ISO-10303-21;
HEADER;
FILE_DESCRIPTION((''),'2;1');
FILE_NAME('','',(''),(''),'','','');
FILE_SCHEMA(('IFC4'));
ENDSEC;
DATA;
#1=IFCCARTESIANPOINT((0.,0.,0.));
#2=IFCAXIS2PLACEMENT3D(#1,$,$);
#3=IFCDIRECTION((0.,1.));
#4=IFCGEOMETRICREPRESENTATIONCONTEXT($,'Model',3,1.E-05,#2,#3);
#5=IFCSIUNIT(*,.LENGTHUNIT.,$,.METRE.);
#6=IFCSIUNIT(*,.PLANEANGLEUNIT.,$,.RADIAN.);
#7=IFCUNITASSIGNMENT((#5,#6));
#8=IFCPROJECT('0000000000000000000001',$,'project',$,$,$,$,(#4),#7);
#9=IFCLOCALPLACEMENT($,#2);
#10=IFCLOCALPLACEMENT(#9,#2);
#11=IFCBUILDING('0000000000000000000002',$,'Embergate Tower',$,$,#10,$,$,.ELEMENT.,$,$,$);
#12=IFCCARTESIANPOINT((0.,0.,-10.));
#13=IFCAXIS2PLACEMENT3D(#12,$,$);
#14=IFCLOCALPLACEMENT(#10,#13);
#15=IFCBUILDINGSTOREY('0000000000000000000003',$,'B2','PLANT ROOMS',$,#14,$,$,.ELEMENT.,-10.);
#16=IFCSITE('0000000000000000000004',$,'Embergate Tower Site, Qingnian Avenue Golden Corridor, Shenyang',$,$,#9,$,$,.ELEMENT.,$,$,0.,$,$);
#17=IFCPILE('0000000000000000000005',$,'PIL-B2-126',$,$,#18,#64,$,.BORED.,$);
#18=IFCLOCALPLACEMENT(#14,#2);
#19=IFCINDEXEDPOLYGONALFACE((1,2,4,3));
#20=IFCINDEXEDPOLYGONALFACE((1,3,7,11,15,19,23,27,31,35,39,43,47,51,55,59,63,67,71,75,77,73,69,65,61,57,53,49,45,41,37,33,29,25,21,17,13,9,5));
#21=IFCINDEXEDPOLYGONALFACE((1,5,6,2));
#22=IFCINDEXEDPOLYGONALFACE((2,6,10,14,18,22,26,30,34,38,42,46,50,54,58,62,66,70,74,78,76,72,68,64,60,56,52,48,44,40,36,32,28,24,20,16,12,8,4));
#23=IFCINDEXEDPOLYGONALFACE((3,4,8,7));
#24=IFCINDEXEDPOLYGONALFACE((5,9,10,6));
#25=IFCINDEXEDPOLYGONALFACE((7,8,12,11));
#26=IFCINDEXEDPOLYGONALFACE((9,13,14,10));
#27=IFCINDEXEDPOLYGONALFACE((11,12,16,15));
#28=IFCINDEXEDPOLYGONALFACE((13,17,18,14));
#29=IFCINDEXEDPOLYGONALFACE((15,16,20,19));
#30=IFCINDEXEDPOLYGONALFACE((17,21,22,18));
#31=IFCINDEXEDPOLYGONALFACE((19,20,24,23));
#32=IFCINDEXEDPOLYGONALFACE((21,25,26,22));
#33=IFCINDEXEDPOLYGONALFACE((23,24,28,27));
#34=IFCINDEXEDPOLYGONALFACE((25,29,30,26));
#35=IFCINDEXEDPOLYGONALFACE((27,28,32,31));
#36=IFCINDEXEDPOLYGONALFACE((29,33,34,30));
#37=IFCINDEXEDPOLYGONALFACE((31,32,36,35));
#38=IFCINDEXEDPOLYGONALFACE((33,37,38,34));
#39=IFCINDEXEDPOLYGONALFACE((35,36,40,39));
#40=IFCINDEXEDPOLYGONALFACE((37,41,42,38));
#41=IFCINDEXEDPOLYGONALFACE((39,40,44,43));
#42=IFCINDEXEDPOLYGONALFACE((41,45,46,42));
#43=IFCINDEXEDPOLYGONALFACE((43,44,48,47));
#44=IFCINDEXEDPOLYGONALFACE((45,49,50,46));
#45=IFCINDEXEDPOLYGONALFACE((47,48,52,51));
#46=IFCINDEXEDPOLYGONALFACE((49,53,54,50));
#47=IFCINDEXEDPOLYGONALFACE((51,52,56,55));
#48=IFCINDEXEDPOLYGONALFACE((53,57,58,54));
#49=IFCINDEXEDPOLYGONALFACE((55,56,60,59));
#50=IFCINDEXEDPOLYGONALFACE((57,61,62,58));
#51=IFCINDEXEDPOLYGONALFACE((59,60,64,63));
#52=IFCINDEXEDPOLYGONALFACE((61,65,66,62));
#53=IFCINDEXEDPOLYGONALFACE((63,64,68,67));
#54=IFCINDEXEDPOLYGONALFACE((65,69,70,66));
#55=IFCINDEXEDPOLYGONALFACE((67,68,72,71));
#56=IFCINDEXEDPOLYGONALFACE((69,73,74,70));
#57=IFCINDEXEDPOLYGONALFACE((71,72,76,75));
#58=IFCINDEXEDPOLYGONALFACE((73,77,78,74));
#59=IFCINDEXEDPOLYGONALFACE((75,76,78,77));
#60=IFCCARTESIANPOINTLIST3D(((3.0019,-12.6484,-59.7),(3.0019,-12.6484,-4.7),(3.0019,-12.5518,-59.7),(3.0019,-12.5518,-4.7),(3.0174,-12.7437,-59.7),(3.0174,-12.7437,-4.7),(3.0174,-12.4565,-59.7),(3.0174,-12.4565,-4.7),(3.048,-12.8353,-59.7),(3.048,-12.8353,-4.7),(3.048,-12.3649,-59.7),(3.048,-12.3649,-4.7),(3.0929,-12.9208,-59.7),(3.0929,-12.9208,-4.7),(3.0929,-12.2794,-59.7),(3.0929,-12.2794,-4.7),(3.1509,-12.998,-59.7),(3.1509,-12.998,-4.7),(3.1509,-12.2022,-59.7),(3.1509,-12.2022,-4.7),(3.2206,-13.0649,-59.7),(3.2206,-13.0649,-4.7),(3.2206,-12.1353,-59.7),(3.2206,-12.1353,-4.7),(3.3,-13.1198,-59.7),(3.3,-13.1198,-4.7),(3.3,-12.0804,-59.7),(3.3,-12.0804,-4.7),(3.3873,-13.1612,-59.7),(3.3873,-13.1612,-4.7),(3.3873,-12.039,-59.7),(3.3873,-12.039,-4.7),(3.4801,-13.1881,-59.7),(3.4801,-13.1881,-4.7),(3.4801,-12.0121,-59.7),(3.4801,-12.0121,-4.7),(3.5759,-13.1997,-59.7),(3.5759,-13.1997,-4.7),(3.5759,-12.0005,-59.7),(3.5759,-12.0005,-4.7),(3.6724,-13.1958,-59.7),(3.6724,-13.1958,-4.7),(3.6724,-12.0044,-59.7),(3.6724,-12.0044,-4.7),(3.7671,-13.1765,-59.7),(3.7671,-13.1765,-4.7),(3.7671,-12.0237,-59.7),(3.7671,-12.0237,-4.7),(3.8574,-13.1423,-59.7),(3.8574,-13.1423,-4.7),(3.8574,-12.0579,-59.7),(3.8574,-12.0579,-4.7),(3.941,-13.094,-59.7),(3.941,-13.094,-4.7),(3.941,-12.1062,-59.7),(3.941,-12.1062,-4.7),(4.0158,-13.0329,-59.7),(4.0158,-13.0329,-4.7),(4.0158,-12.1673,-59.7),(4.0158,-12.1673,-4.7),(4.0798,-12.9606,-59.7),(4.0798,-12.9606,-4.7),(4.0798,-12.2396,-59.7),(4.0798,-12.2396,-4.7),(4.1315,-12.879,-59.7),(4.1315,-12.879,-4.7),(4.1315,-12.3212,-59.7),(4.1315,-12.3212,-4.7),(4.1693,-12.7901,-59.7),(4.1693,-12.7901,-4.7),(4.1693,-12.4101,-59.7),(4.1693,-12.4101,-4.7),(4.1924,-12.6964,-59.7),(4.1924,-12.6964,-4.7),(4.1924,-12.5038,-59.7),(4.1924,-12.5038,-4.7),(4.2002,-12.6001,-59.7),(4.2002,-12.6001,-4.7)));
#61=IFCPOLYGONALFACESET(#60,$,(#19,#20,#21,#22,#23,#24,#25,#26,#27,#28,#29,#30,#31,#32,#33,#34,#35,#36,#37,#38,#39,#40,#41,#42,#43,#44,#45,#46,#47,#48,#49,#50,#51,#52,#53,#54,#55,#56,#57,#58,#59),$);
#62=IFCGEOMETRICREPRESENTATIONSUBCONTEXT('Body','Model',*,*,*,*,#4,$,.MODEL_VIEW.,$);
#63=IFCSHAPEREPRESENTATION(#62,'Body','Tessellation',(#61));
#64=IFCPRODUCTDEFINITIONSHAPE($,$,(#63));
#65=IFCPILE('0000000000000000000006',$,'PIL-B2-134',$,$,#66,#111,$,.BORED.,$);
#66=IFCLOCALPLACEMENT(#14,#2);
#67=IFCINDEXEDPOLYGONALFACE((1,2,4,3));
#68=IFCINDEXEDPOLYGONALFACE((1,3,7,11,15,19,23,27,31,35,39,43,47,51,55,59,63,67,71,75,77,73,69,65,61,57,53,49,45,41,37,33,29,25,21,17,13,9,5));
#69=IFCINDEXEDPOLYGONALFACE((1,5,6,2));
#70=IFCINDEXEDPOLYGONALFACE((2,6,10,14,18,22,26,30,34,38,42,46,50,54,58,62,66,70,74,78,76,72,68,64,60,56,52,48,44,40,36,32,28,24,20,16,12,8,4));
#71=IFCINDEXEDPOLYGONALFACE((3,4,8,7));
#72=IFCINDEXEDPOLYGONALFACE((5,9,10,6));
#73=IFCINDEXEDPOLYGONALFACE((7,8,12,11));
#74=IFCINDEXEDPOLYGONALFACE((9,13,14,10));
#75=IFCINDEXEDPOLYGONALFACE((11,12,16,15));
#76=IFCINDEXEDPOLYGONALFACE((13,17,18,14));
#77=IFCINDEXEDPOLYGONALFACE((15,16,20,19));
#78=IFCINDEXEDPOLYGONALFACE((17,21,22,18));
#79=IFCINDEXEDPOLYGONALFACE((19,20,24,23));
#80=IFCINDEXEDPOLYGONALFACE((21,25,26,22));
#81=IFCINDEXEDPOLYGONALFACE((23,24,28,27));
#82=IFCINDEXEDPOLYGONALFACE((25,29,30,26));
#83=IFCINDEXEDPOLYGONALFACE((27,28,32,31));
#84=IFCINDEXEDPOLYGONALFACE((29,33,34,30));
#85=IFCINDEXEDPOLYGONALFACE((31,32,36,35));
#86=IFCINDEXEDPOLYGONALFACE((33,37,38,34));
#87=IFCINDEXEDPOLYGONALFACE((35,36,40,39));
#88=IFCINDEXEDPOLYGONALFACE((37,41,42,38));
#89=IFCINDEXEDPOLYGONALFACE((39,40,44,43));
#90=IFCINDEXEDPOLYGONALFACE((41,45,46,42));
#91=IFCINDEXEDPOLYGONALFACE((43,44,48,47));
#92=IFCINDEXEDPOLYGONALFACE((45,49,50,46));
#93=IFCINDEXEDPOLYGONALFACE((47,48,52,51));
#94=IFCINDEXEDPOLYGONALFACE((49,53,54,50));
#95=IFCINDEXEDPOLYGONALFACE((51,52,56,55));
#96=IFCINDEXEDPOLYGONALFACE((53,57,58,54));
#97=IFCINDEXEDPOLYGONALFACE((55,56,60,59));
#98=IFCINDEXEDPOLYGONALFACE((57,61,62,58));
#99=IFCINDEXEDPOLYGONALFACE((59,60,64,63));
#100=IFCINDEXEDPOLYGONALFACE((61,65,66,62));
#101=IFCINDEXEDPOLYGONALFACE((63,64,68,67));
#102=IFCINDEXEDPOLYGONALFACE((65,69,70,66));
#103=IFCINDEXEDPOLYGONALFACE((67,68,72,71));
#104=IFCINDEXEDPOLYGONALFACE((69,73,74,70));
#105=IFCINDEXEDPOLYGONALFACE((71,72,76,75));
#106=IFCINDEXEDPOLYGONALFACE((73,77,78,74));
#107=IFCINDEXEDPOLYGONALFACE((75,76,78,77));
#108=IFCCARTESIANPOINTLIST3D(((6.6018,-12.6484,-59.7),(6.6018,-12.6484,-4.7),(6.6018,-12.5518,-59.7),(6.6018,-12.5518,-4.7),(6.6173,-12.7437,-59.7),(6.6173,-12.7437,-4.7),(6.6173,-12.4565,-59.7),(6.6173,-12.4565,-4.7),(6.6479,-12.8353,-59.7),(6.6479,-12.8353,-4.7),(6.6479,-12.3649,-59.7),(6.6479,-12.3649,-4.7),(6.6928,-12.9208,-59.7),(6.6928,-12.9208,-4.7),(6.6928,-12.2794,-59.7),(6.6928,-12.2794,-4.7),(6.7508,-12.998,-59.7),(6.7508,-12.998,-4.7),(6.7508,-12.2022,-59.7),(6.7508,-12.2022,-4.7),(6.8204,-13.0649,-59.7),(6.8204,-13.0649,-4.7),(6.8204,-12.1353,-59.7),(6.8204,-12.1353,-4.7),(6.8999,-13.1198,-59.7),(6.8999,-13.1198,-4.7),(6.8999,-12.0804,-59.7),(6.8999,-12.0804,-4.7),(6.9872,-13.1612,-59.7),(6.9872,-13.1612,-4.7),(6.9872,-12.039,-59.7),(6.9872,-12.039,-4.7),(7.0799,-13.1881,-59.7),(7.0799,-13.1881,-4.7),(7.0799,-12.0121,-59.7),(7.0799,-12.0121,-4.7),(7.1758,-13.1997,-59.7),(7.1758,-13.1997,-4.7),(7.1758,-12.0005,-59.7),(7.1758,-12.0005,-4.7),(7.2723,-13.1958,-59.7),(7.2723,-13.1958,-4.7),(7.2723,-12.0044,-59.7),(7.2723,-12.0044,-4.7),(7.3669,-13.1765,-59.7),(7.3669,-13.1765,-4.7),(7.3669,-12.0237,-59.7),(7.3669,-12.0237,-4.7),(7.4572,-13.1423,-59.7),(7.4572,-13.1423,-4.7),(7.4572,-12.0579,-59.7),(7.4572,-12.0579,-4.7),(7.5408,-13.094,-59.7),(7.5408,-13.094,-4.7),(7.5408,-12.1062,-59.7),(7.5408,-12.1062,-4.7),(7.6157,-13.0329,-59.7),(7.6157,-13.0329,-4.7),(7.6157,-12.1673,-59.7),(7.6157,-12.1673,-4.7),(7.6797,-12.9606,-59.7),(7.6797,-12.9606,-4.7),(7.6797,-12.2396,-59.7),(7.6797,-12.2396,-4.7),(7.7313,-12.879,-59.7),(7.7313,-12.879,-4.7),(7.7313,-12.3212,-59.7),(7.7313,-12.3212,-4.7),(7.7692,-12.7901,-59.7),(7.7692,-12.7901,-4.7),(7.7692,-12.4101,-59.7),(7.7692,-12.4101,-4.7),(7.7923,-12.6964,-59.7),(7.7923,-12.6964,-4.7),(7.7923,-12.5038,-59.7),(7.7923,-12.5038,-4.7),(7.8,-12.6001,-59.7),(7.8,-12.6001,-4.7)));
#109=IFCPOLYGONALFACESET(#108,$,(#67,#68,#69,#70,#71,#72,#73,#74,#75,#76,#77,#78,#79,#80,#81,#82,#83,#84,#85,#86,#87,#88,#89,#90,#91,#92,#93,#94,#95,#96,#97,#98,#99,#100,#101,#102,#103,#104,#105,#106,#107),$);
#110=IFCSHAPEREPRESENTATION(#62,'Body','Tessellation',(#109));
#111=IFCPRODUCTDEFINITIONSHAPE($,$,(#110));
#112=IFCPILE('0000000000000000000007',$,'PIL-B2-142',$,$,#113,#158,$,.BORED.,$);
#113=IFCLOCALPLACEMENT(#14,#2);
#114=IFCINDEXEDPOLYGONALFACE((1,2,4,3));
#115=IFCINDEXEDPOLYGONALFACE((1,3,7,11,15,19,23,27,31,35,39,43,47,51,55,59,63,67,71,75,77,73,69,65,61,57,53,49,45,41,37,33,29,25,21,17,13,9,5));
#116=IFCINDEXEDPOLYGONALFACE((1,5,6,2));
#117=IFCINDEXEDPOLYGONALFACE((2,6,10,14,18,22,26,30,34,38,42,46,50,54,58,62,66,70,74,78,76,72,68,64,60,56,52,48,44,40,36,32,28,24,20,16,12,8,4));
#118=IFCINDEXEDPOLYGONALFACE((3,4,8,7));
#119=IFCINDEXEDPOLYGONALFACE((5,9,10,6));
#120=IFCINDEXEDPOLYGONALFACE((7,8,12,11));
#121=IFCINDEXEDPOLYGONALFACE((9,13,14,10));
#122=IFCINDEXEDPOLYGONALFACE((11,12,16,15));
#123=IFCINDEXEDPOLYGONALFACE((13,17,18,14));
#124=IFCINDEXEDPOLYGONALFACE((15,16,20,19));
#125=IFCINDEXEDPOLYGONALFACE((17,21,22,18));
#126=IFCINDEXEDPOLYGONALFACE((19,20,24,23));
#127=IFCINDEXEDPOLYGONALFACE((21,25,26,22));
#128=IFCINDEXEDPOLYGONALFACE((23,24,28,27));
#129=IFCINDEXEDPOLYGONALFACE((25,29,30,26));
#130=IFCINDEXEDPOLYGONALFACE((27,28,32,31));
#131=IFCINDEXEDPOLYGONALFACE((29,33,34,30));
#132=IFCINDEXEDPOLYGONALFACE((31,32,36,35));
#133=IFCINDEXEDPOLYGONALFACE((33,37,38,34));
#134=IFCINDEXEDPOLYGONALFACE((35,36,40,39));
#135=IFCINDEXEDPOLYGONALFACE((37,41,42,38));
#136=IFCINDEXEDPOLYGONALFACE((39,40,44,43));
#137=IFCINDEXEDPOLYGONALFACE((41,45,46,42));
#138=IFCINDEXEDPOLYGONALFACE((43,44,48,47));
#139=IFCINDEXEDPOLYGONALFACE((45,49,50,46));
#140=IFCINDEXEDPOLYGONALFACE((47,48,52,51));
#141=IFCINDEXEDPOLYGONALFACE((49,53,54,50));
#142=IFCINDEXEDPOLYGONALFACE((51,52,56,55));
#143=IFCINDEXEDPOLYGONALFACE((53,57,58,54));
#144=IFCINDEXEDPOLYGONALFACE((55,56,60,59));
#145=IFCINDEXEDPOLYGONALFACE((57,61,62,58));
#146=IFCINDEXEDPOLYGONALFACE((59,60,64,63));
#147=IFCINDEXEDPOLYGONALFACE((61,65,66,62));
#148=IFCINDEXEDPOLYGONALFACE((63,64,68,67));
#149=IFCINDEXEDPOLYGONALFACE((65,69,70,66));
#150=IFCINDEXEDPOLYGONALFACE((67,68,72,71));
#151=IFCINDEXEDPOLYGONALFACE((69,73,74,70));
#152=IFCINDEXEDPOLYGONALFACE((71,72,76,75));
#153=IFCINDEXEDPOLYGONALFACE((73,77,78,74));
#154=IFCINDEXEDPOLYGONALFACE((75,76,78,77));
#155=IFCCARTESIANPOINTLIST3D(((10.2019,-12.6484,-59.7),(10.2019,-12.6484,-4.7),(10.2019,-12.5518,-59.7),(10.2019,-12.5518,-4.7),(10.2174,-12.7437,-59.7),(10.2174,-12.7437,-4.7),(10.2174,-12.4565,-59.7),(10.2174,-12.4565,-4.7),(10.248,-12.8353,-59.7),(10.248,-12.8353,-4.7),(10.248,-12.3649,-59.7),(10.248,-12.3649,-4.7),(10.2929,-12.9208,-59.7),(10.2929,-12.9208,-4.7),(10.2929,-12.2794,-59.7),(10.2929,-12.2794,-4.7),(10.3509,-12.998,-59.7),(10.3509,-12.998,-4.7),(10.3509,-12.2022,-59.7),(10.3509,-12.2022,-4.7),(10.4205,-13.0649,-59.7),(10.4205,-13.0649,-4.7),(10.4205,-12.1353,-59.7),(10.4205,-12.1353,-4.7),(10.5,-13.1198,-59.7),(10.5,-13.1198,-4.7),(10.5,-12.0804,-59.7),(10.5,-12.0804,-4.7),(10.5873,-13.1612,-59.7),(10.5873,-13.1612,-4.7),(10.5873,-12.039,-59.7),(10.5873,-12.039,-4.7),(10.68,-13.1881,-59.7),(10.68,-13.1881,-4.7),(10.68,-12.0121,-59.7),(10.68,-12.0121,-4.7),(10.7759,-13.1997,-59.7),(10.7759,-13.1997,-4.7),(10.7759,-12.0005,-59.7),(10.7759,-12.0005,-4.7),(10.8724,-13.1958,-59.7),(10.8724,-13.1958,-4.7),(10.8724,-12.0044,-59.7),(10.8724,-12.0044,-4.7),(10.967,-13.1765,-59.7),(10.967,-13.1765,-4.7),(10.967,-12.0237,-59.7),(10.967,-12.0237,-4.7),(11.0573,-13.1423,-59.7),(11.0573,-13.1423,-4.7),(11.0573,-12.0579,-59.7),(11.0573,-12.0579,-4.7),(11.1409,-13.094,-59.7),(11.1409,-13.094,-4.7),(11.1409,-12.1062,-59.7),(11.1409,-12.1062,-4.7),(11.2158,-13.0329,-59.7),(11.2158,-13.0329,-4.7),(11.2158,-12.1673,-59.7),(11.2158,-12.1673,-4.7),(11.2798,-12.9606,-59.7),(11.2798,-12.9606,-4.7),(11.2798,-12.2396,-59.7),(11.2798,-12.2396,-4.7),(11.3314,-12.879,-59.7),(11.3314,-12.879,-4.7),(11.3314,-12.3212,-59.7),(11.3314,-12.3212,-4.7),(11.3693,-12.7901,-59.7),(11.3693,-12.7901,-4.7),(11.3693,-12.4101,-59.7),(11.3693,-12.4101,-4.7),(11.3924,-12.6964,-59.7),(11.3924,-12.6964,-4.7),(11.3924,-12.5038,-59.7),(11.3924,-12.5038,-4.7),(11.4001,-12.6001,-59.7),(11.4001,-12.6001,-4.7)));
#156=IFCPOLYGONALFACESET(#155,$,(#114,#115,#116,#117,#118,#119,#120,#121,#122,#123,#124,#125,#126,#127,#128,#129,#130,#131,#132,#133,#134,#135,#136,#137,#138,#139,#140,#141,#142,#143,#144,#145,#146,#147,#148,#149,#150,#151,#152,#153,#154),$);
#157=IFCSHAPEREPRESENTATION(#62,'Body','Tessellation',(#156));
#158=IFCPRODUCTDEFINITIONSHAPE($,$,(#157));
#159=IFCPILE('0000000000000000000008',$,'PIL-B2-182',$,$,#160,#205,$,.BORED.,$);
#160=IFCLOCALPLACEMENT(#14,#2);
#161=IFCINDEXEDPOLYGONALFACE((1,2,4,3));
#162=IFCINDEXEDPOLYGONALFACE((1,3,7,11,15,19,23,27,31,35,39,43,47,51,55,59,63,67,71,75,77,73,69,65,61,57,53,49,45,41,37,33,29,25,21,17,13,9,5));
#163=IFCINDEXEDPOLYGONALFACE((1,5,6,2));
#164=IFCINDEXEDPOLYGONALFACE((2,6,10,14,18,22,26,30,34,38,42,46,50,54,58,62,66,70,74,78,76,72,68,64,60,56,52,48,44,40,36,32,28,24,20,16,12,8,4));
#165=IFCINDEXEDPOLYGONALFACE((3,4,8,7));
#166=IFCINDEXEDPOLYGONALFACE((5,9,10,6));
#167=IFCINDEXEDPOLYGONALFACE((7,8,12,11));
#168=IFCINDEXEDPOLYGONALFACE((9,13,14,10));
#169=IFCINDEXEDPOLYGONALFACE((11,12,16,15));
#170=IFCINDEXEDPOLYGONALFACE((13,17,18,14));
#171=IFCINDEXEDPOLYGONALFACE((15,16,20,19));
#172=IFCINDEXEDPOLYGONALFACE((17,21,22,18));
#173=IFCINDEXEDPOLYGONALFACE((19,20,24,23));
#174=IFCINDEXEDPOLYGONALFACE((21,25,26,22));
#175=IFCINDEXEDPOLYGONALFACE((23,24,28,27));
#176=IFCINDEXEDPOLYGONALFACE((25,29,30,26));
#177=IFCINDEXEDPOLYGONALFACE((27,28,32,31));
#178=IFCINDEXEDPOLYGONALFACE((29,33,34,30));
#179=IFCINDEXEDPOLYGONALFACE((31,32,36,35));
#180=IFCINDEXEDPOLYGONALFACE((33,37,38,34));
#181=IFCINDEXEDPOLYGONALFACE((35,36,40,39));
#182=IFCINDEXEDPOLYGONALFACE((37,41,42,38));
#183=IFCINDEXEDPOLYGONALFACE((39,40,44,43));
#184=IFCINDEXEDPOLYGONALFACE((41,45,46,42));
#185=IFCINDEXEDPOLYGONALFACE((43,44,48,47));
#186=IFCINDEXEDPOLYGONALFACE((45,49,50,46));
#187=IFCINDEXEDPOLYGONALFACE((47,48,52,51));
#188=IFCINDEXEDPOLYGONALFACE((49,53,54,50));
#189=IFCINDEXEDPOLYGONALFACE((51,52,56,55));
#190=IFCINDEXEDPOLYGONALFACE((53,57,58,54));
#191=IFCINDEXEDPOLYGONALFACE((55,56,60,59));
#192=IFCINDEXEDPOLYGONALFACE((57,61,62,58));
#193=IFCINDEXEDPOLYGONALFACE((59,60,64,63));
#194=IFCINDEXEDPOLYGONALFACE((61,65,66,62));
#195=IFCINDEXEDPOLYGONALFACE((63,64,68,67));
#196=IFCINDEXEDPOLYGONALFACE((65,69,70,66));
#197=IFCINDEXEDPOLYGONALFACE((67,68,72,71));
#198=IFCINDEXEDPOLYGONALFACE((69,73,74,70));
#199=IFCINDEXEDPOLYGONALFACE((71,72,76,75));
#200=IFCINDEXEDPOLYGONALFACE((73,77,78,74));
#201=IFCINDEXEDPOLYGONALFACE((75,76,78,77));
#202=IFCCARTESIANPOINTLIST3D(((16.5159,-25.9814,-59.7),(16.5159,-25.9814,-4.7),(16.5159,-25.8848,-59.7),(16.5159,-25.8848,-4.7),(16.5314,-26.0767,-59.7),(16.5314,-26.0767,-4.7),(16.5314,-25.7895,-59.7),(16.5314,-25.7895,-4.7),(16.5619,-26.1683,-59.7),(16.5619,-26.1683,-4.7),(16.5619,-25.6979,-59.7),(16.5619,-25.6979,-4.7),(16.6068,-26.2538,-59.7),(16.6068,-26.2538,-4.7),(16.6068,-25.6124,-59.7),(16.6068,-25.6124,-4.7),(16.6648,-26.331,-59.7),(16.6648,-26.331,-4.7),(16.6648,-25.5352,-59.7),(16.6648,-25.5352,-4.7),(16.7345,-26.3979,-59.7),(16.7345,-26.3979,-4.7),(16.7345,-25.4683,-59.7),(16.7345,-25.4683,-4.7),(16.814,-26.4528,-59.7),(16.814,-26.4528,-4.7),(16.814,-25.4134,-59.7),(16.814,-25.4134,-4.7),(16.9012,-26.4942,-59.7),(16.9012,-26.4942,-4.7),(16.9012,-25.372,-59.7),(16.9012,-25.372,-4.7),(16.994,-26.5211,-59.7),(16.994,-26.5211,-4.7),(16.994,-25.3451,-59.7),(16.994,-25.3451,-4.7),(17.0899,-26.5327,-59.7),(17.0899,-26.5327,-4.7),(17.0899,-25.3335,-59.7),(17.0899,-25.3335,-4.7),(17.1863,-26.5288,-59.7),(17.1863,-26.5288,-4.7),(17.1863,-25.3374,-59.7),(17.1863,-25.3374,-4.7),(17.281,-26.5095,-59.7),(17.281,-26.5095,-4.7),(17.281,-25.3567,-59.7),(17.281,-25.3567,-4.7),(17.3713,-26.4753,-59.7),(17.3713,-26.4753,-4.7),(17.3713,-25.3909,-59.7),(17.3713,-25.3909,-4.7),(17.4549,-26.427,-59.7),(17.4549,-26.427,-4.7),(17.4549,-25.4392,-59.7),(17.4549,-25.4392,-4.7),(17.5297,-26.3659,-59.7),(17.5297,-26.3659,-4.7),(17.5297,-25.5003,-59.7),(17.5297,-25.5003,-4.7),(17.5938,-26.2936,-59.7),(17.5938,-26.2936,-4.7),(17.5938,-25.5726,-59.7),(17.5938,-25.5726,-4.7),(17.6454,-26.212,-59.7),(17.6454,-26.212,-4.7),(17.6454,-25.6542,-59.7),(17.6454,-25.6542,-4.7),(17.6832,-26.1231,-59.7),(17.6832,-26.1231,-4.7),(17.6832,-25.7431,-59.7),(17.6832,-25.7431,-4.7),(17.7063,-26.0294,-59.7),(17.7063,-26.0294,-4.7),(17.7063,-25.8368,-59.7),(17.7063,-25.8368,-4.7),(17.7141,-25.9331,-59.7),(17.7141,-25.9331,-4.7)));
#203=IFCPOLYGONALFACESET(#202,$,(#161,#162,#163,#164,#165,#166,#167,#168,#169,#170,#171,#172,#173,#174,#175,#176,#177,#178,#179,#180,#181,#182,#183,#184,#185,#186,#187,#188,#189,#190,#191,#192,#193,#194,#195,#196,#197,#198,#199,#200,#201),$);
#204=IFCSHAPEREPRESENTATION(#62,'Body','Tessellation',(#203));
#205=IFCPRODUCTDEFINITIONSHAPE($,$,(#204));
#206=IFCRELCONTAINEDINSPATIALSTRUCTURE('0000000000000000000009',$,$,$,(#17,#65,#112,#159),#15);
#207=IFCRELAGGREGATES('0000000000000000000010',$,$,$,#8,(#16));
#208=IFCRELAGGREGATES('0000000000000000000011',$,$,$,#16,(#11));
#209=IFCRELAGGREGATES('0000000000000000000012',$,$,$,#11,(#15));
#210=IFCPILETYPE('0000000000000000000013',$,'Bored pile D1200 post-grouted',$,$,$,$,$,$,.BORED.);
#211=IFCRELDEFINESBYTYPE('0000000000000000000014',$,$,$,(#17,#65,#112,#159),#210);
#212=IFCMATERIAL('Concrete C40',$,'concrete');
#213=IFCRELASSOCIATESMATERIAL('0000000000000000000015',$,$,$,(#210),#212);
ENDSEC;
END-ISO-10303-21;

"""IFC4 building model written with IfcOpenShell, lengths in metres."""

from ifc_helpers import new_model, si_unit, direction, frame, origin, origin_2d, place, context, subcontext, project, spatial, circle, extrude, source, transform, mapped, material, material_profile, profile_set, type_object, element, save


model = new_model("IFC4")

# Units and contexts
model_context = context("Model", 3, precision=1e-05, world=origin(), true_north=direction((0.0, 1.0)))
body_context = subcontext(model_context, "Body", "Model", "MODEL_VIEW")
ifc_project = project(units=[si_unit("LENGTHUNIT", "METRE"), si_unit("PLANEANGLEUNIT", "RADIAN")], contexts=[model_context])

# Site, building, storey
site_placement = place(None, origin())
site = spatial("IfcSite", under=ifc_project, at=site_placement, Name="Embergate Tower Site, Qingnian Avenue Golden Corridor, Shenyang", CompositionType="ELEMENT", RefElevation=0.0)
building_placement = place(site_placement, origin())
building = spatial("IfcBuilding", under=site, at=building_placement, Name="Embergate Tower", CompositionType="ELEMENT")
storey_placement = place(building_placement, frame((0.0, 0.0, -10.0)))
storey = spatial("IfcBuildingStorey", under=building, at=storey_placement, Name="B2", Description="PLANT ROOMS", CompositionType="ELEMENT", Elevation=-10.0)

# Piles
ifc_material_1 = material(Name="Concrete C40", Category="concrete")
ifc_material_profile = material_profile(ifc_material_1, circle(Radius=0.6001, at=origin_2d()), Name="D1200")
ifc_profile_set = profile_set([ifc_material_profile], Name="Concrete C40")
pile_type = type_object("IfcPileType", Name="Bored pile D1200 post-grouted", PredefinedType="BORED", material=ifc_profile_set)
shared_shape_1 = source(origin(), body_context, "Body", "SweptSolid", [
    extrude(circle(Radius=0.6001, at=origin_2d()), origin(), (0.0, 0.0, 1.0), 55.0),
])
for number, where, z_axis, x_axis, name in (
    (1, (3.6001, -12.6001, -4.7), (0.0, 0.0, -1.0), (1.0, 0.0, 0.0), "PIL-B2-126"),
    (2, (7.2, -12.6001, -4.7), (0.0, 0.0, -1.0), (1.0, 0.0, 0.0), "PIL-B2-134"),
    (3, (10.8, -12.6001, -4.7), (0.0, 0.0, -1.0), (1.0, 0.0, 0.0), "PIL-B2-142"),
    (4, (17.114, -25.9331, -4.7), (0.0, 0.0, -1.0), (1.0, 0.0, 0.0), "PIL-B2-182"),
):
    element("IfcPile", number, at=place(storey_placement, frame(where, z_axis=z_axis, x_axis=x_axis)), inside=storey, type_object=pile_type, Name=name, PredefinedType="BORED", context=body_context, shape_type="MappedRepresentation", body=[
        mapped(shared_shape_1, transform((0.0, 0.0, 0.0))),
    ])

save(model, "model.ifc")
